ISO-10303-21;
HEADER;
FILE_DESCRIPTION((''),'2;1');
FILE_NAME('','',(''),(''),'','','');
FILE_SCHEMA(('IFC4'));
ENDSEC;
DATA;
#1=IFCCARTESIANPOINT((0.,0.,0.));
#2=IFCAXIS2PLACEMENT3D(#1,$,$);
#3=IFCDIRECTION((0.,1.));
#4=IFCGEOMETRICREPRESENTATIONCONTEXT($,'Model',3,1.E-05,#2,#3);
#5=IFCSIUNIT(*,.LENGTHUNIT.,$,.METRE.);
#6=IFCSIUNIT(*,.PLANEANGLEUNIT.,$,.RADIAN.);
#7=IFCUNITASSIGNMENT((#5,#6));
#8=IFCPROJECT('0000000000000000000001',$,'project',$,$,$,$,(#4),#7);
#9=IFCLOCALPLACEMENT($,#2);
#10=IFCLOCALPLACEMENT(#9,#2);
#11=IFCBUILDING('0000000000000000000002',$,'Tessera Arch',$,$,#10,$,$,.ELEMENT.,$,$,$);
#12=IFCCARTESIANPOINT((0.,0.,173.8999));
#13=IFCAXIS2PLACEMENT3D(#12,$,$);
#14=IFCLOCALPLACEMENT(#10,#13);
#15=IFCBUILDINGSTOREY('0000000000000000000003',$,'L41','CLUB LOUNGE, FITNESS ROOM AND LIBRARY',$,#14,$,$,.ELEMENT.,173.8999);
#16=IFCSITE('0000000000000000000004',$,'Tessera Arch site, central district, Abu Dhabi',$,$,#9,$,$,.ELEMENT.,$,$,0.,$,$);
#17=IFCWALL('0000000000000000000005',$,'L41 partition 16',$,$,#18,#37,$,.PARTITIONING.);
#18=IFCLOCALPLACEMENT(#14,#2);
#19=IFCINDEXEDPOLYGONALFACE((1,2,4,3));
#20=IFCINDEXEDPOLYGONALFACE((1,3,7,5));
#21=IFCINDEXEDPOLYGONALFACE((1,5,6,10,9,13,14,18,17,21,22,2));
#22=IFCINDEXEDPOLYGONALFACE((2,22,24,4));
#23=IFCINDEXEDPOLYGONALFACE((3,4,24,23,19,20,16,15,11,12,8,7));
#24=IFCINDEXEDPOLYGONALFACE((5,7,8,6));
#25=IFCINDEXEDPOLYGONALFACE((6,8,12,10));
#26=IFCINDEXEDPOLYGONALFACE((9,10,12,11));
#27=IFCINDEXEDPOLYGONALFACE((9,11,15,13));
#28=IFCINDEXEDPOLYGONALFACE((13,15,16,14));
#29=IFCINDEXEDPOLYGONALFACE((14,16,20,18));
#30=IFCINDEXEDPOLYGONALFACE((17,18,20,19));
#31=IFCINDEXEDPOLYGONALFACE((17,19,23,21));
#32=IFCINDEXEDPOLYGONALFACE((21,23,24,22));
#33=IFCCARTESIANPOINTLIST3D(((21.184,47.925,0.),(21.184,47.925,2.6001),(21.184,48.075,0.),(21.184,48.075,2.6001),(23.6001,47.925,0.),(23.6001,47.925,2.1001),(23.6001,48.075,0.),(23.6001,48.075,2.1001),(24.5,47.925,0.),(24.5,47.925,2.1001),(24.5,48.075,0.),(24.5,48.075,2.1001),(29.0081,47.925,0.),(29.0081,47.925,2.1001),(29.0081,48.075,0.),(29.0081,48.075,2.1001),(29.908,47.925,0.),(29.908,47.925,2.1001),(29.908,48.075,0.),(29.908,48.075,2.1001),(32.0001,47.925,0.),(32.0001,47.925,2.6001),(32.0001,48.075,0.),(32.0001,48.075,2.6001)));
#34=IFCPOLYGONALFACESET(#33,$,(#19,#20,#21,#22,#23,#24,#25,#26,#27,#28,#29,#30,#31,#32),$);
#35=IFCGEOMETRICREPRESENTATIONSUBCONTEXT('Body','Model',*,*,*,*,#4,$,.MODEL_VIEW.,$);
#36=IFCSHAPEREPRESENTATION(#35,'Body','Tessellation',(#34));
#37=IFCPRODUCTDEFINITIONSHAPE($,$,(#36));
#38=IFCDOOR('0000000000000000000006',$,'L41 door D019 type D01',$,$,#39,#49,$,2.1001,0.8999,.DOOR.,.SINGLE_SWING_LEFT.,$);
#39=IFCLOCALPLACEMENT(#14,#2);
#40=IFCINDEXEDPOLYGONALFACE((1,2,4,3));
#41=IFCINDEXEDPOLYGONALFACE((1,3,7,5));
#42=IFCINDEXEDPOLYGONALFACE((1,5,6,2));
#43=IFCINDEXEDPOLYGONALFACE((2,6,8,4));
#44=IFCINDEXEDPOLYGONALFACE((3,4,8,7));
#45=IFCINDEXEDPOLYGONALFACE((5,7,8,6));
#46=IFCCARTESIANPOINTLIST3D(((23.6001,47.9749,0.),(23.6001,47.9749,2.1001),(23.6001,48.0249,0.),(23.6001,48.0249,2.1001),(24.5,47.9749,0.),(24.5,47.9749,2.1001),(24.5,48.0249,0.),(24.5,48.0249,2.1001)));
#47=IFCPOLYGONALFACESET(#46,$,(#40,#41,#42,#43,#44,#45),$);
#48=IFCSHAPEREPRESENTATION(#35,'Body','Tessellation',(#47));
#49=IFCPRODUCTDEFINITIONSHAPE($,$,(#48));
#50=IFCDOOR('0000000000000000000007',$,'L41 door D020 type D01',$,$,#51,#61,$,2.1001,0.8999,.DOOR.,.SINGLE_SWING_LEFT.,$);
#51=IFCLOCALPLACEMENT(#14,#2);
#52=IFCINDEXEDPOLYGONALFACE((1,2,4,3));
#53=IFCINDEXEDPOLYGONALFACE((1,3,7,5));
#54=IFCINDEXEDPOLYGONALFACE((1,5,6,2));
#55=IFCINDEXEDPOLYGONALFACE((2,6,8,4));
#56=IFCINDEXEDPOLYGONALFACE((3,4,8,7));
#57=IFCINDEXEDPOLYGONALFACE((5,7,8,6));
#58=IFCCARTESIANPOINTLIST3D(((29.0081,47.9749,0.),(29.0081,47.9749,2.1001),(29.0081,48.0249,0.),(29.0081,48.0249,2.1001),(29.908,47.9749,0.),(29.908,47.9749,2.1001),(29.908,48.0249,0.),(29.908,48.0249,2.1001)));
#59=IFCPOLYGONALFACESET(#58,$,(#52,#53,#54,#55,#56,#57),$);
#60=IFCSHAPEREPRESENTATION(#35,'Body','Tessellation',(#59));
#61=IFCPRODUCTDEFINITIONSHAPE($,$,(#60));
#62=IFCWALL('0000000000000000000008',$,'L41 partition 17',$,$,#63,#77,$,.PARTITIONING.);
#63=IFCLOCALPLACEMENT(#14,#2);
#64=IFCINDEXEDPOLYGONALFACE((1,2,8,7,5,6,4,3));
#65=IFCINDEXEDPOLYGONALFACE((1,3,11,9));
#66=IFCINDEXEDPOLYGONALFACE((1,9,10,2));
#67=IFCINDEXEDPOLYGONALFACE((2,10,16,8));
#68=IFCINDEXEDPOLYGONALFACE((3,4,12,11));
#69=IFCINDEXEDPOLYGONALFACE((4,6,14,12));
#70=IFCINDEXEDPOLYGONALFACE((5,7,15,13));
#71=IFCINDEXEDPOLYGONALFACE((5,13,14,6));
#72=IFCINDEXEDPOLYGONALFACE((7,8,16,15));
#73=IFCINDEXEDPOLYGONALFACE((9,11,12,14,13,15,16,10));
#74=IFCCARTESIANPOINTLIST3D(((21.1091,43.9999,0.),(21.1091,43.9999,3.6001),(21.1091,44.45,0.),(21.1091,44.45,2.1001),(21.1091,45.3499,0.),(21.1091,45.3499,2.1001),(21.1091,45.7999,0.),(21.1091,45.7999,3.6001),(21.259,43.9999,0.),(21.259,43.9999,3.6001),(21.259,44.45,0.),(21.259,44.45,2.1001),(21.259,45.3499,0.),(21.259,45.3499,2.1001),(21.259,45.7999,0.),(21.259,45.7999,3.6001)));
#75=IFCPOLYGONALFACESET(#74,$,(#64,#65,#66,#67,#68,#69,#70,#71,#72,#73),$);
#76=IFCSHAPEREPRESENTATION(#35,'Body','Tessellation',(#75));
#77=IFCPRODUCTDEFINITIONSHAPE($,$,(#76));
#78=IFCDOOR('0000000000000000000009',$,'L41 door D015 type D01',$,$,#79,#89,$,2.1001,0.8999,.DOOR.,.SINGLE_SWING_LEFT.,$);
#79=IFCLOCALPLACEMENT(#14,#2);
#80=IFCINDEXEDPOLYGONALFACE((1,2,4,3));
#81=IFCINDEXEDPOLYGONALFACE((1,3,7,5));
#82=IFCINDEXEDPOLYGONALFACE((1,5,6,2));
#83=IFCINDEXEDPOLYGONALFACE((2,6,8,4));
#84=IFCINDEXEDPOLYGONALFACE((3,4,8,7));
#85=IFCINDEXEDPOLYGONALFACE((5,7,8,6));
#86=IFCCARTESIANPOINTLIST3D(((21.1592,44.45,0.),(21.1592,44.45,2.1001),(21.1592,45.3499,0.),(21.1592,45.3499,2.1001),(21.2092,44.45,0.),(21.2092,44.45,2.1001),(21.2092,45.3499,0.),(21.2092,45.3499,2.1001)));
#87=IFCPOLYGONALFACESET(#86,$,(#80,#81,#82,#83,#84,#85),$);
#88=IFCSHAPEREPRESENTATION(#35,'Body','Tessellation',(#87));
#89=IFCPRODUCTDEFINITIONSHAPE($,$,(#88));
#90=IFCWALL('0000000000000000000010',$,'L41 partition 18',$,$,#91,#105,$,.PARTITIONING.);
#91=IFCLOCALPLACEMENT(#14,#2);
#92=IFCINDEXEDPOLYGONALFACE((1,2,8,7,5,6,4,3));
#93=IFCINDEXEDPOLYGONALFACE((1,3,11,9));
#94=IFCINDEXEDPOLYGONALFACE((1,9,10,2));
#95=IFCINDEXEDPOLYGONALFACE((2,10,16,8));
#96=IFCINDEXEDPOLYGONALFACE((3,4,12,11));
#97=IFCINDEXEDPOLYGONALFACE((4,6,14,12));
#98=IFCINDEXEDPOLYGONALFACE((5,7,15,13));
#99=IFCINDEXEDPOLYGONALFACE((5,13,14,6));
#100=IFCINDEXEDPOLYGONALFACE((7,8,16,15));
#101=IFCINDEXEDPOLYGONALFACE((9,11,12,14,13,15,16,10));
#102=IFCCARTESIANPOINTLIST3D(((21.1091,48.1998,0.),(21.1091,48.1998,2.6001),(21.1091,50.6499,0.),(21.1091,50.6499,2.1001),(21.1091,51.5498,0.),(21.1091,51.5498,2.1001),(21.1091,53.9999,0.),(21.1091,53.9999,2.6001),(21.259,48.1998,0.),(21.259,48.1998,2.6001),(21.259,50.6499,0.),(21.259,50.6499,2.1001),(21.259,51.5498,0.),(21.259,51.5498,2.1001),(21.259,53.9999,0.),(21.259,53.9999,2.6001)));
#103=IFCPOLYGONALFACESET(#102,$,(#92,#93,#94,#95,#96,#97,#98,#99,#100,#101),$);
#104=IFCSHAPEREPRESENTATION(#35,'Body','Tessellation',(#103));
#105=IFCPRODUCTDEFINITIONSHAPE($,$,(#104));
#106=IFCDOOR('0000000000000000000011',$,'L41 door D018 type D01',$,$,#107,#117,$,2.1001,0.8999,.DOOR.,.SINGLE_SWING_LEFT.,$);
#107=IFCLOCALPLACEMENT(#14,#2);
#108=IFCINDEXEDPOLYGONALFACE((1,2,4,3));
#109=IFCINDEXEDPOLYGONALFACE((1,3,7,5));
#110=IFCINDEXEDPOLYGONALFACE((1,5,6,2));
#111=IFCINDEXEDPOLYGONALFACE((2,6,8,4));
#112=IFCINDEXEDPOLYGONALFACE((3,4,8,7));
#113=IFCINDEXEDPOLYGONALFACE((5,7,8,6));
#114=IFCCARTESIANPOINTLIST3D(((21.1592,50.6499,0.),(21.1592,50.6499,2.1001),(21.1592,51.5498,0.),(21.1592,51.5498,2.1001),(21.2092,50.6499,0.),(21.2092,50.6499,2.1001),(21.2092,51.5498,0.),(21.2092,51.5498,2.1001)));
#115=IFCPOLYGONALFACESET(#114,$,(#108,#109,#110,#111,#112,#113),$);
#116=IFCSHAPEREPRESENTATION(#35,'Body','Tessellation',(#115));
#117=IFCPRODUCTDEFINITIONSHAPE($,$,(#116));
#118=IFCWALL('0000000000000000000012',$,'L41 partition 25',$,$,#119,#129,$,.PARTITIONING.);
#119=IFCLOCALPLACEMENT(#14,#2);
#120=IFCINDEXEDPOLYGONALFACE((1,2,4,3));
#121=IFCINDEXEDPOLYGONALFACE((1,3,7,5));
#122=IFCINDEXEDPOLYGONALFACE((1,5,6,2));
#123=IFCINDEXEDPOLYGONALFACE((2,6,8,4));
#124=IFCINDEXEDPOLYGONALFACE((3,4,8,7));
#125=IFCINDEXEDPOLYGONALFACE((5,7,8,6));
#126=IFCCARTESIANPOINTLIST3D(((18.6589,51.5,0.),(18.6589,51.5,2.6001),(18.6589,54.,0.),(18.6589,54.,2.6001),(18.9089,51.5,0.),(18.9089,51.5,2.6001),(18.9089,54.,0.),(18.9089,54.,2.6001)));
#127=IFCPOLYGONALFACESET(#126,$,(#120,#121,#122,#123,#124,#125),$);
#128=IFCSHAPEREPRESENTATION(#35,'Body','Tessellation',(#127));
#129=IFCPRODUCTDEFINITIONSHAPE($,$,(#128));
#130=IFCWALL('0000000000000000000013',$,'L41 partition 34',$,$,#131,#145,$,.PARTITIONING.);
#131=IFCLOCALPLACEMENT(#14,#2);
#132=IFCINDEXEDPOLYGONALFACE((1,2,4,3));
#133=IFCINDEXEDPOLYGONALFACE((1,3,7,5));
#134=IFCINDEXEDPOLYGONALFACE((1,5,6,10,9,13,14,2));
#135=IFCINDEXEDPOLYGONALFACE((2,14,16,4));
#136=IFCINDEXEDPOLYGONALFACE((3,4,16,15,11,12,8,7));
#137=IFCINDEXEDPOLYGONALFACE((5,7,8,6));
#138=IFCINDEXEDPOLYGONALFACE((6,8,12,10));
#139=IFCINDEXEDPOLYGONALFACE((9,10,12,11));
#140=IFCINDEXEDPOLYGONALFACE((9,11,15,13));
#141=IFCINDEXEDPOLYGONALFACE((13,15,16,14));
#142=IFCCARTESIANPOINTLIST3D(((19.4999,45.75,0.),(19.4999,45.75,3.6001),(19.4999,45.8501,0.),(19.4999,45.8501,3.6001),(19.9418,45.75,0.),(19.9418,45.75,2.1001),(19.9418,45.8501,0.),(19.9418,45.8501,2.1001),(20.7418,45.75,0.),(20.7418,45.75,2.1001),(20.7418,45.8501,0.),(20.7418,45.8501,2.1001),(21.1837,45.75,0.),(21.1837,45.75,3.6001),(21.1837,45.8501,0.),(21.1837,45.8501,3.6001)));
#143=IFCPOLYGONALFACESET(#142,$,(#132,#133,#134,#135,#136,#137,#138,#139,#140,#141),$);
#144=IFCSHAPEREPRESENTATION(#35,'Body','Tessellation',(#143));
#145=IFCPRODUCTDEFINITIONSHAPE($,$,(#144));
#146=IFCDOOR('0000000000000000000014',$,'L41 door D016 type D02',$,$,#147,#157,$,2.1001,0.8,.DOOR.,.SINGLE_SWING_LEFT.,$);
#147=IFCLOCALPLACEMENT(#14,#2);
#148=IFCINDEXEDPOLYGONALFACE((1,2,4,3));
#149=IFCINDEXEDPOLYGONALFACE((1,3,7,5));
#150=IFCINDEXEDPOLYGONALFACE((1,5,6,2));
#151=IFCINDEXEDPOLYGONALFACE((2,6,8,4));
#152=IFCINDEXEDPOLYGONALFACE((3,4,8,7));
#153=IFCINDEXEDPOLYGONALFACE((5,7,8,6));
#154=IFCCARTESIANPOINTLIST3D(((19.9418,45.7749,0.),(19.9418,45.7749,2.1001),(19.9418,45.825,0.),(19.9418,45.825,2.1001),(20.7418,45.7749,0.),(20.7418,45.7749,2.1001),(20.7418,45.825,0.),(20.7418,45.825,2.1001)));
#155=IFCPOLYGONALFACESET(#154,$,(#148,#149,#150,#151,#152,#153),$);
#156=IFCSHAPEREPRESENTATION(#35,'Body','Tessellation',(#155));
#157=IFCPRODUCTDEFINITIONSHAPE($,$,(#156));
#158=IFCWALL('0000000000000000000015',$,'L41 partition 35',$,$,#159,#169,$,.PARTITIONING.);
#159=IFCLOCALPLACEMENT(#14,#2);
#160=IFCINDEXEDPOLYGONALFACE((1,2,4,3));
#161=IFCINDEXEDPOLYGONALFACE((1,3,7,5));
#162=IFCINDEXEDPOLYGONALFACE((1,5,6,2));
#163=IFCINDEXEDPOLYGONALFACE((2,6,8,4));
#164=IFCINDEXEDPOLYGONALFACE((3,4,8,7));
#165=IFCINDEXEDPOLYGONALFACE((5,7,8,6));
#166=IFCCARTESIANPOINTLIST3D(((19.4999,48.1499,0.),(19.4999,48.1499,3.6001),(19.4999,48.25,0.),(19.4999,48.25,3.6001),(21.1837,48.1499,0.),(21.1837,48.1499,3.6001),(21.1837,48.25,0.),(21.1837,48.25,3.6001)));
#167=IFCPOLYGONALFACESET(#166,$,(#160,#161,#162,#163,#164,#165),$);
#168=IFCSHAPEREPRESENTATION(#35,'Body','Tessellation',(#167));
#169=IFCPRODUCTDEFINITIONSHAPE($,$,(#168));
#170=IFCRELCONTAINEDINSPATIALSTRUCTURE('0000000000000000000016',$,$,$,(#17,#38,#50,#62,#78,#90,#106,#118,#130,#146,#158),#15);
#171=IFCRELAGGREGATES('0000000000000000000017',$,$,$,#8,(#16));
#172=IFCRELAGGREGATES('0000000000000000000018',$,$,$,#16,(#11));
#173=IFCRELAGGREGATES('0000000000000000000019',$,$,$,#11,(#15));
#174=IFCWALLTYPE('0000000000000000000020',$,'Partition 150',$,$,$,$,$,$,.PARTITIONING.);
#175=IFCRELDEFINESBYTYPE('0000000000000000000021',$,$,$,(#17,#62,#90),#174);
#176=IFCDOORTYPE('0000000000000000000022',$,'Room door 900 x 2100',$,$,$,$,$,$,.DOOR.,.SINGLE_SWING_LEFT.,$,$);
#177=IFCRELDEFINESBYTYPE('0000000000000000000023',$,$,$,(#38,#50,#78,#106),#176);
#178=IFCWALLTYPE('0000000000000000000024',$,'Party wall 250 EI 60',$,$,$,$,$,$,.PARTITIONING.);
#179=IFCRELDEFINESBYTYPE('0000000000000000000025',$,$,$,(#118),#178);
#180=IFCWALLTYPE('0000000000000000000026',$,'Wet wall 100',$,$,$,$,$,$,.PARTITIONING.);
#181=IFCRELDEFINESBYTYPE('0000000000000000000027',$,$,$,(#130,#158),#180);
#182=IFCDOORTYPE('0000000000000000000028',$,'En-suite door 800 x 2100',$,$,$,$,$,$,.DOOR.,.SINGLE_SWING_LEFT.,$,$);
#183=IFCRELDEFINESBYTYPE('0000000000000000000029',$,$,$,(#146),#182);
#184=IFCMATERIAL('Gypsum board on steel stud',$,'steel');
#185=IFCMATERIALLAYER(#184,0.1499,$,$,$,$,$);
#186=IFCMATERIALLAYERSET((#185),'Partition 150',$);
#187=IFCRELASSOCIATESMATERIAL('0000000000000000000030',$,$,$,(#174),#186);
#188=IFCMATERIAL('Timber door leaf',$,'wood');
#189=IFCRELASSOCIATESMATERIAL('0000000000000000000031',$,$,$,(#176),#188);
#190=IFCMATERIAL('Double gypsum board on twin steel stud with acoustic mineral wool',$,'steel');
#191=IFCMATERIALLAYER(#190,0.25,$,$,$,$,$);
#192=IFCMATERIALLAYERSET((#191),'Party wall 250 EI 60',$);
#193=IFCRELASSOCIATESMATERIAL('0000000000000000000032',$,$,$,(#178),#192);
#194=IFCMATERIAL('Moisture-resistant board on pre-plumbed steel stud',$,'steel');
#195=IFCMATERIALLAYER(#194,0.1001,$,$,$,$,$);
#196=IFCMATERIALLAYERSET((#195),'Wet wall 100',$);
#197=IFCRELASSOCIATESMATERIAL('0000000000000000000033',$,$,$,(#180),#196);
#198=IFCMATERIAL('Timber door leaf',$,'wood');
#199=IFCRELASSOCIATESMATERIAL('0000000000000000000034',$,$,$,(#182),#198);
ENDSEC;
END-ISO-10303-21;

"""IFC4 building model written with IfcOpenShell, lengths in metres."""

from ifc_helpers import new_model, si_unit, direction, frame, frame_2d, origin, place, context, subcontext, project, spatial, rectangle, extrude, material, layer, layer_set, type_object, element, fill, save


model = new_model("IFC4")

# Units and contexts
model_context = context("Model", 3, precision=1e-05, world=origin(), true_north=direction((0.0, 1.0)))
body_context = subcontext(model_context, "Body", "Model", "MODEL_VIEW")
ifc_project = project(units=[si_unit("LENGTHUNIT", "METRE"), si_unit("PLANEANGLEUNIT", "RADIAN")], contexts=[model_context])

# Site, building, storey
site_placement = place(None, origin())
site = spatial("IfcSite", under=ifc_project, at=site_placement, Name="Tessera Arch site, central district, Abu Dhabi", CompositionType="ELEMENT", RefElevation=0.0)
building_placement = place(site_placement, origin())
building = spatial("IfcBuilding", under=site, at=building_placement, Name="Tessera Arch", CompositionType="ELEMENT")
storey_placement = place(building_placement, frame((0.0, 0.0, 173.8999)))
storey = spatial("IfcBuildingStorey", under=building, at=storey_placement, Name="L41", Description="CLUB LOUNGE, FITNESS ROOM AND LIBRARY", CompositionType="ELEMENT", Elevation=173.8999)

# Wall, openings, doors
ifc_material_1 = material(Name="Gypsum board on steel stud", Category="steel")
ifc_layer_1 = layer(ifc_material_1, 0.1499)
ifc_layer_set_1 = layer_set([ifc_layer_1], Name="Partition 150")
wall_type_1 = type_object("IfcWallType", Name="Partition 150", PredefinedType="PARTITIONING", material=ifc_layer_set_1)
wall_1_placement = place(storey_placement, frame((21.1838, 48.0, 0.0), z_axis=(0.0, 0.0, 1.0), x_axis=(1.0, 0.0, 0.0)))
wall_1 = element("IfcWall", 1, at=wall_1_placement, inside=storey, type_object=wall_type_1, Name="L41 partition 16", PredefinedType="PARTITIONING", context=body_context, shape_type="SweptSolid", body=[
    extrude(rectangle(XDim=10.8162, YDim=0.1499, at=frame_2d((5.4082, 0.0))), origin(), (0.0, 0.0, 1.0), 2.6001),
])
opening_1_placement = place(wall_1_placement, frame((2.4163, 0.0, 0.0)))
opening_1 = element("IfcOpeningElement", 2, at=opening_1_placement, cuts=wall_1, PredefinedType="OPENING", context=body_context, shape_type="SweptSolid", body=[
    extrude(rectangle(XDim=0.8999, YDim=2.1001, at=frame_2d((0.45, 1.05))), frame((0.0, 0.085, 0.0), z_axis=(0.0, -1.0, 0.0), x_axis=(1.0, 0.0, 0.0)), (0.0, 0.0, 1.0), 0.1699),
])
opening_2_placement = place(wall_1_placement, frame((7.8242, 0.0, 0.0)))
opening_2 = element("IfcOpeningElement", 3, at=opening_2_placement, cuts=wall_1, PredefinedType="OPENING", context=body_context, shape_type="SweptSolid", body=[
    extrude(rectangle(XDim=0.8999, YDim=2.1001, at=frame_2d((0.45, 1.05))), frame((0.0, 0.085, 0.0), z_axis=(0.0, -1.0, 0.0), x_axis=(1.0, 0.0, 0.0)), (0.0, 0.0, 1.0), 0.1699),
])
ifc_material_2 = material(Name="Timber door leaf", Category="wood")
door_type_1 = type_object("IfcDoorType", Name="Room door 900 x 2100", OperationType="SINGLE_SWING_LEFT", PredefinedType="DOOR", material=ifc_material_2)
door_1_placement = place(opening_1_placement, origin())
door_1 = element("IfcDoor", 4, at=door_1_placement, inside=storey, type_object=door_type_1, Name="L41 door D019 type D01", OperationType="SINGLE_SWING_LEFT", OverallHeight=2.1001, OverallWidth=0.8999, PredefinedType="DOOR", context=body_context, shape_type="SweptSolid", body=[
    extrude(rectangle(XDim=0.8999, YDim=2.1001, at=frame_2d((0.45, 1.05))), frame((0.0, 0.0249, 0.0), z_axis=(0.0, -1.0, 0.0), x_axis=(1.0, 0.0, 0.0)), (0.0, 0.0, 1.0), 0.05),
])
fill(opening_1, door_1)
door_2_placement = place(opening_2_placement, origin())
door_2 = element("IfcDoor", 5, at=door_2_placement, inside=storey, type_object=door_type_1, Name="L41 door D020 type D01", OperationType="SINGLE_SWING_LEFT", OverallHeight=2.1001, OverallWidth=0.8999, PredefinedType="DOOR", context=body_context, shape_type="SweptSolid", body=[
    extrude(rectangle(XDim=0.8999, YDim=2.1001, at=frame_2d((0.45, 1.05))), frame((0.0, 0.0249, 0.0), z_axis=(0.0, -1.0, 0.0), x_axis=(1.0, 0.0, 0.0)), (0.0, 0.0, 1.0), 0.05),
])
fill(opening_2, door_2)

# Walls, openings, doors
wall_2_placement = place(storey_placement, frame((21.1841, 44.0, 0.0), z_axis=(0.0, 0.0, 1.0), x_axis=(0.0, 1.0, 0.0)))
wall_2 = element("IfcWall", 6, at=wall_2_placement, inside=storey, type_object=wall_type_1, Name="L41 partition 17", PredefinedType="PARTITIONING", context=body_context, shape_type="SweptSolid", body=[
    extrude(rectangle(XDim=1.8, YDim=0.1499, at=frame_2d((0.8999, 0.0))), origin(), (0.0, 0.0, 1.0), 3.6001),
])
opening_3_placement = place(wall_2_placement, frame((0.45, 0.0, 0.0)))
opening_3 = element("IfcOpeningElement", 7, at=opening_3_placement, cuts=wall_2, PredefinedType="OPENING", context=body_context, shape_type="SweptSolid", body=[
    extrude(rectangle(XDim=0.8999, YDim=2.1001, at=frame_2d((0.45, 1.05))), frame((0.0, 0.085, 0.0), z_axis=(0.0, -1.0, 0.0), x_axis=(1.0, 0.0, 0.0)), (0.0, 0.0, 1.0), 0.1699),
])
door_3_placement = place(opening_3_placement, origin())
door_3 = element("IfcDoor", 8, at=door_3_placement, inside=storey, type_object=door_type_1, Name="L41 door D015 type D01", OperationType="SINGLE_SWING_LEFT", OverallHeight=2.1001, OverallWidth=0.8999, PredefinedType="DOOR", context=body_context, shape_type="SweptSolid", body=[
    extrude(rectangle(XDim=0.8999, YDim=2.1001, at=frame_2d((0.45, 1.05))), frame((0.0, 0.0249, 0.0), z_axis=(0.0, -1.0, 0.0), x_axis=(1.0, 0.0, 0.0)), (0.0, 0.0, 1.0), 0.05),
])
fill(opening_3, door_3)
wall_3_placement = place(storey_placement, frame((21.1841, 48.2, 0.0), z_axis=(0.0, 0.0, 1.0), x_axis=(0.0, 1.0, 0.0)))
wall_3 = element("IfcWall", 9, at=wall_3_placement, inside=storey, type_object=wall_type_1, Name="L41 partition 18", PredefinedType="PARTITIONING", context=body_context, shape_type="SweptSolid", body=[
    extrude(rectangle(XDim=5.8, YDim=0.1499, at=frame_2d((2.8999, 0.0))), origin(), (0.0, 0.0, 1.0), 2.6001),
])
opening_4_placement = place(wall_3_placement, frame((2.45, 0.0, 0.0)))
opening_4 = element("IfcOpeningElement", 10, at=opening_4_placement, cuts=wall_3, PredefinedType="OPENING", context=body_context, shape_type="SweptSolid", body=[
    extrude(rectangle(XDim=0.8999, YDim=2.1001, at=frame_2d((0.45, 1.05))), frame((0.0, 0.085, 0.0), z_axis=(0.0, -1.0, 0.0), x_axis=(1.0, 0.0, 0.0)), (0.0, 0.0, 1.0), 0.1699),
])
door_4_placement = place(opening_4_placement, origin())
door_4 = element("IfcDoor", 11, at=door_4_placement, inside=storey, type_object=door_type_1, Name="L41 door D018 type D01", OperationType="SINGLE_SWING_LEFT", OverallHeight=2.1001, OverallWidth=0.8999, PredefinedType="DOOR", context=body_context, shape_type="SweptSolid", body=[
    extrude(rectangle(XDim=0.8999, YDim=2.1001, at=frame_2d((0.45, 1.05))), frame((0.0, 0.0249, 0.0), z_axis=(0.0, -1.0, 0.0), x_axis=(1.0, 0.0, 0.0)), (0.0, 0.0, 1.0), 0.05),
])
fill(opening_4, door_4)

# Wall
ifc_material_3 = material(Name="Double gypsum board on twin steel stud with acoustic mineral wool", Category="steel")
ifc_layer_2 = layer(ifc_material_3, 0.25)
ifc_layer_set_2 = layer_set([ifc_layer_2], Name="Party wall 250 EI 60")
wall_type_2 = type_object("IfcWallType", Name="Party wall 250 EI 60", PredefinedType="PARTITIONING", material=ifc_layer_set_2)
wall_4_placement = place(storey_placement, frame((18.7839, 51.5, 0.0), z_axis=(0.0, 0.0, 1.0), x_axis=(0.0, 1.0, 0.0)))
element("IfcWall", 12, at=wall_4_placement, inside=storey, type_object=wall_type_2, Name="L41 partition 25", PredefinedType="PARTITIONING", context=body_context, shape_type="SweptSolid", body=[
    extrude(rectangle(XDim=2.5, YDim=0.25, at=frame_2d((1.25, 0.0))), origin(), (0.0, 0.0, 1.0), 2.6001),
])

# Wall, opening, door
ifc_material_4 = material(Name="Moisture-resistant board on pre-plumbed steel stud", Category="steel")
ifc_layer_3 = layer(ifc_material_4, 0.1001)
ifc_layer_set_3 = layer_set([ifc_layer_3], Name="Wet wall 100")
wall_type_3 = type_object("IfcWallType", Name="Wet wall 100", PredefinedType="PARTITIONING", material=ifc_layer_set_3)
wall_5_placement = place(storey_placement, frame((19.5, 45.8, 0.0), z_axis=(0.0, 0.0, 1.0), x_axis=(1.0, 0.0, 0.0)))
wall_5 = element("IfcWall", 13, at=wall_5_placement, inside=storey, type_object=wall_type_3, Name="L41 partition 34", PredefinedType="PARTITIONING", context=body_context, shape_type="SweptSolid", body=[
    extrude(rectangle(XDim=1.6838, YDim=0.1001, at=frame_2d((0.8418, 0.0))), origin(), (0.0, 0.0, 1.0), 3.6001),
])
opening_5_placement = place(wall_5_placement, frame((0.4419, 0.0, 0.0)))
opening_5 = element("IfcOpeningElement", 14, at=opening_5_placement, cuts=wall_5, PredefinedType="OPENING", context=body_context, shape_type="SweptSolid", body=[
    extrude(rectangle(XDim=0.8, YDim=2.1001, at=frame_2d((0.3999, 1.05))), frame((0.0, 0.0601, 0.0), z_axis=(0.0, -1.0, 0.0), x_axis=(1.0, 0.0, 0.0)), (0.0, 0.0, 1.0), 0.1201),
])
ifc_material_5 = material(Name="Timber door leaf", Category="wood")
door_type_2 = type_object("IfcDoorType", Name="En-suite door 800 x 2100", OperationType="SINGLE_SWING_LEFT", PredefinedType="DOOR", material=ifc_material_5)
door_5_placement = place(opening_5_placement, origin())
door_5 = element("IfcDoor", 15, at=door_5_placement, inside=storey, type_object=door_type_2, Name="L41 door D016 type D02", OperationType="SINGLE_SWING_LEFT", OverallHeight=2.1001, OverallWidth=0.8, PredefinedType="DOOR", context=body_context, shape_type="SweptSolid", body=[
    extrude(rectangle(XDim=0.8, YDim=2.1001, at=frame_2d((0.3999, 1.05))), frame((0.0, 0.0249, 0.0), z_axis=(0.0, -1.0, 0.0), x_axis=(1.0, 0.0, 0.0)), (0.0, 0.0, 1.0), 0.05),
])
fill(opening_5, door_5)

# Wall
wall_6_placement = place(storey_placement, frame((19.5, 48.2, 0.0), z_axis=(0.0, 0.0, 1.0), x_axis=(1.0, 0.0, 0.0)))
element("IfcWall", 16, at=wall_6_placement, inside=storey, type_object=wall_type_3, Name="L41 partition 35", PredefinedType="PARTITIONING", context=body_context, shape_type="SweptSolid", body=[
    extrude(rectangle(XDim=1.6838, YDim=0.1001, at=frame_2d((0.8418, 0.0))), origin(), (0.0, 0.0, 1.0), 3.6001),
])

save(model, "model.ifc")
